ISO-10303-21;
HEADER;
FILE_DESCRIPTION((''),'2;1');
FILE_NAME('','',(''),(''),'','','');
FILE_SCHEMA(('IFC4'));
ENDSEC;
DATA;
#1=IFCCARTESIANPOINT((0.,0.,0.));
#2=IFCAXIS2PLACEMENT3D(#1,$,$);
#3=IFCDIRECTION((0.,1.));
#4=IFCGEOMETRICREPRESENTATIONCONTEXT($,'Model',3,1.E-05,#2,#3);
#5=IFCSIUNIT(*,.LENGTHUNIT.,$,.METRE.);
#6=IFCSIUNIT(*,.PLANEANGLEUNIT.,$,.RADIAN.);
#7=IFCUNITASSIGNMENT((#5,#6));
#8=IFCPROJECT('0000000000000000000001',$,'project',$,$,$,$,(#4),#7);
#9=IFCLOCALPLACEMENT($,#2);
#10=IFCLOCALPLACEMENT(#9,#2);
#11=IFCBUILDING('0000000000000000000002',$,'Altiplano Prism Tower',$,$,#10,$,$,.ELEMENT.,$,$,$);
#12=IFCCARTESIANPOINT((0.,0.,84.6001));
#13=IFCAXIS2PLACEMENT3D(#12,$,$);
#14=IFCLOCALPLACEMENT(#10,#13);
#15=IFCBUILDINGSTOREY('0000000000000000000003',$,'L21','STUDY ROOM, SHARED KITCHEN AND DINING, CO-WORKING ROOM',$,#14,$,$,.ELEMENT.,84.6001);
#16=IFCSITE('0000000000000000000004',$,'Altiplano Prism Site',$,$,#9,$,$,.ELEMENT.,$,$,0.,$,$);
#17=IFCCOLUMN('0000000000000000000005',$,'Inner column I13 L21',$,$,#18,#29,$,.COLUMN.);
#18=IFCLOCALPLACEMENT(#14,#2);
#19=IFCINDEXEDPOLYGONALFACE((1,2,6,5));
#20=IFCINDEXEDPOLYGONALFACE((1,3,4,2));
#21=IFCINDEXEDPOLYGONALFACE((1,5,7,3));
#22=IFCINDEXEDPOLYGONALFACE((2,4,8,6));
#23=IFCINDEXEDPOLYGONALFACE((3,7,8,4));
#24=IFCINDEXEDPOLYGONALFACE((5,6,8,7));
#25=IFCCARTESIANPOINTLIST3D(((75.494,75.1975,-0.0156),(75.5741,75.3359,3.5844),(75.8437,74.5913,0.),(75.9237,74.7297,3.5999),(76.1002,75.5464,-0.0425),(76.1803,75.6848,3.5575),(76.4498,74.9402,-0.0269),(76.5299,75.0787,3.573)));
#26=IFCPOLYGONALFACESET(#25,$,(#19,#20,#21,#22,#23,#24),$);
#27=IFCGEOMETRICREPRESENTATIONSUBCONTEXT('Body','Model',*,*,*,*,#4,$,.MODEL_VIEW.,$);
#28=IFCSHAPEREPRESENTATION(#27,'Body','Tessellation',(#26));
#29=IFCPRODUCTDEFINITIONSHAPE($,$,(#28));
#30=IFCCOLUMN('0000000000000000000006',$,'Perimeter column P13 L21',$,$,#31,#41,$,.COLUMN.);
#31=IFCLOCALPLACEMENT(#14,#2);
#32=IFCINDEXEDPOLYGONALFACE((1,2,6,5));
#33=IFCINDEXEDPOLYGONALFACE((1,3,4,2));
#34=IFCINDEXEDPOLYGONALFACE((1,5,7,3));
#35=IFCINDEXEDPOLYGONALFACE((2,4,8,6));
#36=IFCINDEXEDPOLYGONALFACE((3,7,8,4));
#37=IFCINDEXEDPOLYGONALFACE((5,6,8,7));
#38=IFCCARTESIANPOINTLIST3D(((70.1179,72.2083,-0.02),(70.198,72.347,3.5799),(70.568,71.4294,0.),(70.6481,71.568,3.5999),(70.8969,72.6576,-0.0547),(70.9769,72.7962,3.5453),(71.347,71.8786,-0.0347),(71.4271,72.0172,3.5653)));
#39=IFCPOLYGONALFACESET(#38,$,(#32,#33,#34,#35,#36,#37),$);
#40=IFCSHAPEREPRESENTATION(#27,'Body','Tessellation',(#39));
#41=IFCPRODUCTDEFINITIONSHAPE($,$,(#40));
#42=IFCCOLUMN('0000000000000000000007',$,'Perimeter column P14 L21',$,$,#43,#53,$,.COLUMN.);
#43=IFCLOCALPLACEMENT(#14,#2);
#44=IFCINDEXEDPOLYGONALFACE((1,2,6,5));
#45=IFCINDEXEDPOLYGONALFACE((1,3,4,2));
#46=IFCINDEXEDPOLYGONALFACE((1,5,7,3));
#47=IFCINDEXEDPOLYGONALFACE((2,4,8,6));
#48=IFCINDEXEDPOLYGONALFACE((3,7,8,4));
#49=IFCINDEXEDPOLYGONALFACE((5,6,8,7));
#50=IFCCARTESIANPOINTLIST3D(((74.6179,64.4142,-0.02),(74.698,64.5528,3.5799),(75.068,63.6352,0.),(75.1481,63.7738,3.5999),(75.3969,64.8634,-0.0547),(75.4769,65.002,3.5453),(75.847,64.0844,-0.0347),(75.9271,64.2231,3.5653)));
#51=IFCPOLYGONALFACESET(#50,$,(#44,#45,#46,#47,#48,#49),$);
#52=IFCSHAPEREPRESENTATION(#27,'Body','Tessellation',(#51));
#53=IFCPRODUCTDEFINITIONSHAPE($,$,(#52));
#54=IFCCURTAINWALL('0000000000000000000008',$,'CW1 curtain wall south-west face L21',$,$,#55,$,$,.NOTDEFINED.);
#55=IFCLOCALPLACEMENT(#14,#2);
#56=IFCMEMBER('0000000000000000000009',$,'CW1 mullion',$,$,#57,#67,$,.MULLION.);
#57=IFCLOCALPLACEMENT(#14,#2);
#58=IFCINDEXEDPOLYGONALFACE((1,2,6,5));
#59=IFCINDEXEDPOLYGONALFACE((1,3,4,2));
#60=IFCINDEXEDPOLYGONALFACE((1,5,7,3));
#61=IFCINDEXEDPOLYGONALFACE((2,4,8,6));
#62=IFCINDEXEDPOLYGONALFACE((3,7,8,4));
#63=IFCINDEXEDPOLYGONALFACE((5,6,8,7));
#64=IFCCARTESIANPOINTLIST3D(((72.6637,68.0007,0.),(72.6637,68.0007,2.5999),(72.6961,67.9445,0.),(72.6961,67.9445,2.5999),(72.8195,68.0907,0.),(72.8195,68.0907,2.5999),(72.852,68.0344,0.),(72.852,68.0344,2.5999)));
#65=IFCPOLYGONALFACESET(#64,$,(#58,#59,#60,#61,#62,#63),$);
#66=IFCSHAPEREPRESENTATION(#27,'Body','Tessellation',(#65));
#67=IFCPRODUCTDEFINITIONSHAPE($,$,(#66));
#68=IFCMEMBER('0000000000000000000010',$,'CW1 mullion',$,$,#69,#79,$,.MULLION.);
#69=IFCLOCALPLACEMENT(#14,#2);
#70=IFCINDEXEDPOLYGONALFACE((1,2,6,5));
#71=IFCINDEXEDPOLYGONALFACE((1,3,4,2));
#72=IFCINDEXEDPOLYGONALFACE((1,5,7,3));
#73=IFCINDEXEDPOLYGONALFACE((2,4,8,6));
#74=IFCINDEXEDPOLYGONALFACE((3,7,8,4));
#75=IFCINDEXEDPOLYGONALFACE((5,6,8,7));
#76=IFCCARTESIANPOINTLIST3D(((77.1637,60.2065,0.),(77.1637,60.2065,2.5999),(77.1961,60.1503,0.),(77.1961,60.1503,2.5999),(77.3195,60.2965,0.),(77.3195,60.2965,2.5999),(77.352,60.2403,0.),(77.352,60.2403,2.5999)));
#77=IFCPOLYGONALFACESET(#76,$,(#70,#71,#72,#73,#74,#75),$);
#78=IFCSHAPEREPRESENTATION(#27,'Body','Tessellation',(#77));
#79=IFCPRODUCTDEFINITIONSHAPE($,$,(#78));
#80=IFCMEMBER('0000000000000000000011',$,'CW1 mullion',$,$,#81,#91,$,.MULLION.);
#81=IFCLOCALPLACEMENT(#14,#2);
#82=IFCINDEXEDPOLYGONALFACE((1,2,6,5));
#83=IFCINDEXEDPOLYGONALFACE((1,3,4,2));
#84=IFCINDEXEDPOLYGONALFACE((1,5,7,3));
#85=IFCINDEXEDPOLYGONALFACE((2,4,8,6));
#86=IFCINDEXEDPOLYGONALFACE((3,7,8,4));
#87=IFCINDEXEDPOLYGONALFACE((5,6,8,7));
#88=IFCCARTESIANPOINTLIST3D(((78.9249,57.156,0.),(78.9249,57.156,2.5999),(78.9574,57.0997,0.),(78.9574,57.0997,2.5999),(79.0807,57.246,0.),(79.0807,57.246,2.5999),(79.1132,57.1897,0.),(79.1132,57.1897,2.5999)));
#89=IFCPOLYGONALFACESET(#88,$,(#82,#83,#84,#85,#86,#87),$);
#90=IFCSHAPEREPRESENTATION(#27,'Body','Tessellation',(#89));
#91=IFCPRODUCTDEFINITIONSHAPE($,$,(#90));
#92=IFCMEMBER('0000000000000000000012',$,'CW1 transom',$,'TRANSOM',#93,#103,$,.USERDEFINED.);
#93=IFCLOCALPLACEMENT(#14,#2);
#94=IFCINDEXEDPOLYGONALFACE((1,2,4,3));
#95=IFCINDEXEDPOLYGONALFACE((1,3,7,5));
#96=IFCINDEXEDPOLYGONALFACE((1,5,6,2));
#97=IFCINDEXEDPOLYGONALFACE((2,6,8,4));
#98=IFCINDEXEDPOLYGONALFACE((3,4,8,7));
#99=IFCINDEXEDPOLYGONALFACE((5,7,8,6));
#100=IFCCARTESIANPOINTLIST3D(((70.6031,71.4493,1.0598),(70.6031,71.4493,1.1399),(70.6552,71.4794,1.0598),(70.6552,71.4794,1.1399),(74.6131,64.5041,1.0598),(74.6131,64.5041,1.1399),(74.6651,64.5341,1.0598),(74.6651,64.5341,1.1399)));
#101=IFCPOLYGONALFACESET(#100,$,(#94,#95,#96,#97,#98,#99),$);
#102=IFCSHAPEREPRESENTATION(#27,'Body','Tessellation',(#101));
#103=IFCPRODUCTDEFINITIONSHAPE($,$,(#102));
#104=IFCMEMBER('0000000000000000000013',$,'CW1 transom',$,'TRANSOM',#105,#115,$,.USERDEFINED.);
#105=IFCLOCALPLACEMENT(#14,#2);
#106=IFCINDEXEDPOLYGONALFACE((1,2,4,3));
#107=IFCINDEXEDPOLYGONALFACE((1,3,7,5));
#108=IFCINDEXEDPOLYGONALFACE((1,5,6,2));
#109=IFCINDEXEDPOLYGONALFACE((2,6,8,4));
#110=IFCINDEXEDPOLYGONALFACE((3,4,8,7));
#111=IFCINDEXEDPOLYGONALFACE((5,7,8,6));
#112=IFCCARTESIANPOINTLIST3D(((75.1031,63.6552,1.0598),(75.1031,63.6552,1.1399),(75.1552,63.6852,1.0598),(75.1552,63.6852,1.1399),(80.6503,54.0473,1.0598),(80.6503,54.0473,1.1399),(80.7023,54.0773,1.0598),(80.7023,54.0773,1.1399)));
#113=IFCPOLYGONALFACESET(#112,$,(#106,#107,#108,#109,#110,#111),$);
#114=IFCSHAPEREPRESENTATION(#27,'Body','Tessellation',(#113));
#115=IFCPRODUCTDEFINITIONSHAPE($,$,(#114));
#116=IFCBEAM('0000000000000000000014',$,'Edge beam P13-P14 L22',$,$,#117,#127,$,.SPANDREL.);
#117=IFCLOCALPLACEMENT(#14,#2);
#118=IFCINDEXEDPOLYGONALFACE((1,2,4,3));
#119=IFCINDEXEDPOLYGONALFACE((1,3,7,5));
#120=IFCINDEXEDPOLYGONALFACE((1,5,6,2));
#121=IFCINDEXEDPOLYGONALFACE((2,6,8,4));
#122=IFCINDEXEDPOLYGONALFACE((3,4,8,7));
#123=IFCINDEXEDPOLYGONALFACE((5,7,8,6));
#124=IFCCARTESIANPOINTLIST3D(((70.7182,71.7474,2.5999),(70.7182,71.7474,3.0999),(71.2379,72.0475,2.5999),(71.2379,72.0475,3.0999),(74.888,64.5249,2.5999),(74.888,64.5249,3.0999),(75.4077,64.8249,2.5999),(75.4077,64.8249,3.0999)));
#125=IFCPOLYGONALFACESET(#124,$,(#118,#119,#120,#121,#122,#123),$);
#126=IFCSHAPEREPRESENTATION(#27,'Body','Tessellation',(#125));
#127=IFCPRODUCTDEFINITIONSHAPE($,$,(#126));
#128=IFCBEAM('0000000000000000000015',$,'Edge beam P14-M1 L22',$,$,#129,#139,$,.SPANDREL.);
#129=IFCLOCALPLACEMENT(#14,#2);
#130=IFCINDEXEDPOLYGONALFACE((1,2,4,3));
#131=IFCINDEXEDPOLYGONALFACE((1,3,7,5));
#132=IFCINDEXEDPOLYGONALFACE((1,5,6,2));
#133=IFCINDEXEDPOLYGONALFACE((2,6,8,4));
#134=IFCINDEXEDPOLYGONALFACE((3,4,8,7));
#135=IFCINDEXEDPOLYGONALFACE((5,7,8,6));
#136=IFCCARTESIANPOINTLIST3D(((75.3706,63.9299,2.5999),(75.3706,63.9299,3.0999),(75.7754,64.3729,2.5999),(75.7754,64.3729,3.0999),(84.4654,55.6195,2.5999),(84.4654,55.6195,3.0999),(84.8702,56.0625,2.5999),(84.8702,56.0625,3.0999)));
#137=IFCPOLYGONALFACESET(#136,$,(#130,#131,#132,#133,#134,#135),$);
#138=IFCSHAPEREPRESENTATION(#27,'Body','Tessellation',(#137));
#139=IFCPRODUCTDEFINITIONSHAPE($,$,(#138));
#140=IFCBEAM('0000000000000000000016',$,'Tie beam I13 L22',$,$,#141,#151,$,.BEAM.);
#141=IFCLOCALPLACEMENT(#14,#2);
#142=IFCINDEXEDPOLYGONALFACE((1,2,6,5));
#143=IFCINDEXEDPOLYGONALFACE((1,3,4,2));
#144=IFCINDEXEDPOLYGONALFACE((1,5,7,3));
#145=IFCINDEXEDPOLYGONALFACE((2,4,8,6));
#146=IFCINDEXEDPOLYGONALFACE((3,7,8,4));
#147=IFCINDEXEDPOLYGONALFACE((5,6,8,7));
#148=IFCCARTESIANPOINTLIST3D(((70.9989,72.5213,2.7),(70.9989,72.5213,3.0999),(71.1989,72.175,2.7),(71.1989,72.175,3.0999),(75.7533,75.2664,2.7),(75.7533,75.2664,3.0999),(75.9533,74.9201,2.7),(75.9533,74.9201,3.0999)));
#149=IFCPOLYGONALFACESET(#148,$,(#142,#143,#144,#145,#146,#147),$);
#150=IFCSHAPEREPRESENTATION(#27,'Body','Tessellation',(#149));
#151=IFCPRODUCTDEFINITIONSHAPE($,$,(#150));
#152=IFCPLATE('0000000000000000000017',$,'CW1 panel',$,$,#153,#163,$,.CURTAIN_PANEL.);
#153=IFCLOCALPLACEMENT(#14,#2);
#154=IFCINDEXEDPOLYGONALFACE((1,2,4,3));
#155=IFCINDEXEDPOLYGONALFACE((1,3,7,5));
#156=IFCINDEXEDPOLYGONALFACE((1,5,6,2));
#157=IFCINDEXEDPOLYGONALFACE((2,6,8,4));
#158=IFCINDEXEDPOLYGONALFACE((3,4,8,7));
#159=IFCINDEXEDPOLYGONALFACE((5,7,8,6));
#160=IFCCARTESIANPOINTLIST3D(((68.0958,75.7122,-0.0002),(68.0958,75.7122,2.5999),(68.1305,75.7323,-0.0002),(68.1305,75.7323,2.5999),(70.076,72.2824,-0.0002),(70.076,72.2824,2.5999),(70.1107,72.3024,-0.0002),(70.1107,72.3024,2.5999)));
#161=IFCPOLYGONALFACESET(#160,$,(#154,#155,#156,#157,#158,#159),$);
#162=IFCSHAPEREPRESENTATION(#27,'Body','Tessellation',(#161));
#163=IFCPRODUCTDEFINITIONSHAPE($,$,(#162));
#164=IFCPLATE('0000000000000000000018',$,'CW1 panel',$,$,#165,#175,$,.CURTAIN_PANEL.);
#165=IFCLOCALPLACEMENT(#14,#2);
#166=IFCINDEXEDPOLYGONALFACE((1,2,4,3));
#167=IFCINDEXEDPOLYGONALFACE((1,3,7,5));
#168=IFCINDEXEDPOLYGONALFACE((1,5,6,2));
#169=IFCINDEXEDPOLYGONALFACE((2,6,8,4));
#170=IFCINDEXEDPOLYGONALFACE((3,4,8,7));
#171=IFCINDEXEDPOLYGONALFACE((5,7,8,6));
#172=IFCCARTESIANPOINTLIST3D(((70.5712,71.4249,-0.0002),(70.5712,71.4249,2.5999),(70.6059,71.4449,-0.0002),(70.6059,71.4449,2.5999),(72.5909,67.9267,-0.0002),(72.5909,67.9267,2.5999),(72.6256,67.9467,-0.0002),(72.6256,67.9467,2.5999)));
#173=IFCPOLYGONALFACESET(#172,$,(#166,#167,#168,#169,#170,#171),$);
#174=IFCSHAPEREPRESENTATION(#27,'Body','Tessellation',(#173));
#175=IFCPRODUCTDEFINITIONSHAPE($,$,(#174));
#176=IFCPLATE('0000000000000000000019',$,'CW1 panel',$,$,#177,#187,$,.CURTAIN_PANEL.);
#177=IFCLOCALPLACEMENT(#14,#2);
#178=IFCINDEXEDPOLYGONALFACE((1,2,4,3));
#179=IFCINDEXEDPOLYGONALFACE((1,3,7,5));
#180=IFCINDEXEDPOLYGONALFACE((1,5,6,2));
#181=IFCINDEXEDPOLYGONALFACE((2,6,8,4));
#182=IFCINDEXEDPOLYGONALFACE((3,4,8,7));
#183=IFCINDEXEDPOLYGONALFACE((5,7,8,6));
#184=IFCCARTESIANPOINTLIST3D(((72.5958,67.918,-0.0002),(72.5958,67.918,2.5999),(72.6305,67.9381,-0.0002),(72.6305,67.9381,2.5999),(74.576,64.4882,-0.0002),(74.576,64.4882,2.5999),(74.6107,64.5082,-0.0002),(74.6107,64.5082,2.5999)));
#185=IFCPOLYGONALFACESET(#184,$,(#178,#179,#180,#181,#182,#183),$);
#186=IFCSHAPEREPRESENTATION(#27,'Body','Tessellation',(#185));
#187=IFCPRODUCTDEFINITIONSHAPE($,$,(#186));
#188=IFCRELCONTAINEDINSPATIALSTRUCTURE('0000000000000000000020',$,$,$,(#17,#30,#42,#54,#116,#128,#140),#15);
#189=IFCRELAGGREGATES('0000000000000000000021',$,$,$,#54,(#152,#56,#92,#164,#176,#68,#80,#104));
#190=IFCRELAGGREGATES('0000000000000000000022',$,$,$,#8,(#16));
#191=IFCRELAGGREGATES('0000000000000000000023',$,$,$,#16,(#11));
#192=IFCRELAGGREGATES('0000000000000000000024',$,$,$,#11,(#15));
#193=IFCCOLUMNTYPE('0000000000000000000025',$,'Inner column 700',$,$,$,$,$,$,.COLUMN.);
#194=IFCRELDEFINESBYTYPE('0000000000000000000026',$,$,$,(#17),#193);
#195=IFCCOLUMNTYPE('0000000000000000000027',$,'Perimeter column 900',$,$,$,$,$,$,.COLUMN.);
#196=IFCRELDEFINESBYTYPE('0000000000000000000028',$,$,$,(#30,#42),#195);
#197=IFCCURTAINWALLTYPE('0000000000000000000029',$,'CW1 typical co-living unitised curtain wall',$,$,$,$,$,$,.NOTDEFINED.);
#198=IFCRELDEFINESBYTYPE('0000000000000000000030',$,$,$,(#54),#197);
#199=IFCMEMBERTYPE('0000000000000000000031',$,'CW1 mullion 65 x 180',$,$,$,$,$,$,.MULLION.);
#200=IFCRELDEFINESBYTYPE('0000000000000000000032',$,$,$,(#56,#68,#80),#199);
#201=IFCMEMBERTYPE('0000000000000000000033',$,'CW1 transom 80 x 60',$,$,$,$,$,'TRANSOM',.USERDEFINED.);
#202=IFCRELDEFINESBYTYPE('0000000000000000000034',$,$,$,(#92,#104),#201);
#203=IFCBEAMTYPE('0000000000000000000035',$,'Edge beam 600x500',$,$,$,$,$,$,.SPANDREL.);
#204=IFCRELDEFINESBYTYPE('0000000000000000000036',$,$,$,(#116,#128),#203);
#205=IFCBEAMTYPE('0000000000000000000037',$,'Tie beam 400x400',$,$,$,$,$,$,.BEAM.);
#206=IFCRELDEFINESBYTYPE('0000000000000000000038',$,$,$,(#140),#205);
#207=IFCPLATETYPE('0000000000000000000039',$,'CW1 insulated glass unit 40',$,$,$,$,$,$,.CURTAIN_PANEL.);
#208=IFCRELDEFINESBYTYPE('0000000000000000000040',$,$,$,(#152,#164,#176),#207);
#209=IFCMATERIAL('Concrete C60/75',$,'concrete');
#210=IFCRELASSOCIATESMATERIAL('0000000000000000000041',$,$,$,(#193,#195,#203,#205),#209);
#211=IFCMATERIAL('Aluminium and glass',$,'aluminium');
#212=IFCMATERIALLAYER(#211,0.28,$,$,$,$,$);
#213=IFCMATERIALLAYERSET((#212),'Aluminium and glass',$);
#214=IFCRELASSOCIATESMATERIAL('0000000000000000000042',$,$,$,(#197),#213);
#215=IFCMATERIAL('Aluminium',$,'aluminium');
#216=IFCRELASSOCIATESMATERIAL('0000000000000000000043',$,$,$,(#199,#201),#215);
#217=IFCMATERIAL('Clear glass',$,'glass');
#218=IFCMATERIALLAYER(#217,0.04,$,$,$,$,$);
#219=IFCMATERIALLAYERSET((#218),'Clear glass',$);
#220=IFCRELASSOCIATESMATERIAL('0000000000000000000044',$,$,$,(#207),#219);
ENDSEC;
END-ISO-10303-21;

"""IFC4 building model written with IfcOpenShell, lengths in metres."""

from ifc_helpers import new_model, si_unit, direction, frame, origin, origin_2d, place, context, subcontext, project, spatial, rectangle, extrude, material, layer, layer_set, material_profile, profile_set, type_object, element, aggregate, save


model = new_model("IFC4")

# Units and contexts
model_context = context("Model", 3, precision=1e-05, world=origin(), true_north=direction((0.0, 1.0)))
body_context = subcontext(model_context, "Body", "Model", "MODEL_VIEW")
ifc_project = project(units=[si_unit("LENGTHUNIT", "METRE"), si_unit("PLANEANGLEUNIT", "RADIAN")], contexts=[model_context])

# Site, building, storey
site_placement = place(None, origin())
site = spatial("IfcSite", under=ifc_project, at=site_placement, Name="Altiplano Prism Site", CompositionType="ELEMENT", RefElevation=0.0)
building_placement = place(site_placement, origin())
building = spatial("IfcBuilding", under=site, at=building_placement, Name="Altiplano Prism Tower", CompositionType="ELEMENT")
storey_placement = place(building_placement, frame((0.0, 0.0, 84.6001)))
storey = spatial("IfcBuildingStorey", under=building, at=storey_placement, Name="L21", Description="STUDY ROOM, SHARED KITCHEN AND DINING, CO-WORKING ROOM", CompositionType="ELEMENT", Elevation=84.6001)

# Columns
ifc_material_1 = material(Name="Concrete C60/75", Category="concrete")
ifc_material_profile_1 = material_profile(ifc_material_1, rectangle(XDim=0.7, YDim=0.7, at=origin_2d()), Name="Inner column 700")
ifc_profile_set_1 = profile_set([ifc_material_profile_1], Name="Concrete C60/75")
column_type_1 = type_object("IfcColumnType", Name="Inner column 700", PredefinedType="COLUMN", material=ifc_profile_set_1)
column_placement = place(storey_placement, frame((75.9719, 75.0688, -0.0212), z_axis=(0.022223, 0.038416, 0.999015), x_axis=(-0.866021, -0.498528, 0.038435)))
element("IfcColumn", 1, at=column_placement, inside=storey, type_object=column_type_1, Name="Inner column I13 L21", PredefinedType="COLUMN", context=body_context, shape_type="SweptSolid", body=[
    extrude(rectangle(XDim=0.7, YDim=0.7, at=origin_2d()), origin(), (0.0, 0.0, 1.0), 3.6035),
])
ifc_material_profile_2 = material_profile(ifc_material_1, rectangle(XDim=0.8999, YDim=0.8999, at=origin_2d()), Name="Perimeter column 900")
ifc_profile_set_2 = profile_set([ifc_material_profile_2], Name="Concrete C60/75")
column_type_2 = type_object("IfcColumnType", Name="Perimeter column 900", PredefinedType="COLUMN", material=ifc_profile_set_2)
for number, where, z_axis, x_axis, name in (
    (2, (70.7324, 72.0435, -0.0273), (0.022223, 0.038483, 0.999012), (-0.865639, -0.499187, 0.038485), "Perimeter column P13 L21"),
    (3, (75.2324, 64.2493, -0.0273), (0.022223, 0.038483, 0.999012), (-0.865639, -0.499187, 0.038485), "Perimeter column P14 L21"),
):
    element("IfcColumn", number, at=place(storey_placement, frame(where, z_axis=z_axis, x_axis=x_axis)), inside=storey, type_object=column_type_2, Name=name, PredefinedType="COLUMN", context=body_context, shape_type="SweptSolid", body=[
        extrude(rectangle(XDim=0.8999, YDim=0.8999, at=origin_2d()), origin(), (0.0, 0.0, 1.0), 3.6035),
    ])

# Curtain wall, members
ifc_material_2 = material(Name="Aluminium and glass", Category="aluminium")
ifc_layer_1 = layer(ifc_material_2, 0.28)
ifc_layer_set_1 = layer_set([ifc_layer_1], Name="Aluminium and glass")
curtain_wall_type = type_object("IfcCurtainWallType", Name="CW1 typical co-living unitised curtain wall", PredefinedType="NOTDEFINED", material=ifc_layer_set_1)
curtain_wall_placement = place(storey_placement, origin())
curtain_wall = element("IfcCurtainWall", 4, at=curtain_wall_placement, inside=storey, type_object=curtain_wall_type, Name="CW1 curtain wall south-west face L21", PredefinedType="NOTDEFINED")
ifc_material_3 = material(Name="Aluminium", Category="aluminium")
ifc_material_profile_3 = material_profile(ifc_material_3, rectangle(XDim=0.1799, YDim=0.0649, at=origin_2d()), Name="CW1 mullion 65 x 180")
ifc_profile_set_3 = profile_set([ifc_material_profile_3], Name="Aluminium")
member_type_1 = type_object("IfcMemberType", Name="CW1 mullion 65 x 180", PredefinedType="MULLION", material=ifc_profile_set_3)
member_1_placement = place(storey_placement, frame((72.7578, 68.0176, 0.0), z_axis=(0.0, 0.0, 1.0), x_axis=(0.866025, 0.5, 0.0)))
member_1 = element("IfcMember", 5, at=member_1_placement, type_object=member_type_1, Name="CW1 mullion", PredefinedType="MULLION", context=body_context, shape_type="SweptSolid", body=[
    extrude(rectangle(XDim=0.1799, YDim=0.0649, at=origin_2d()), origin(), (0.0, 0.0, 1.0), 2.5999),
])
member_2_placement = place(storey_placement, frame((77.2578, 60.2234, 0.0), z_axis=(0.0, 0.0, 1.0), x_axis=(0.866025, 0.5, 0.0)))
member_2 = element("IfcMember", 6, at=member_2_placement, type_object=member_type_1, Name="CW1 mullion", PredefinedType="MULLION", context=body_context, shape_type="SweptSolid", body=[
    extrude(rectangle(XDim=0.1799, YDim=0.0649, at=origin_2d()), origin(), (0.0, 0.0, 1.0), 2.5999),
])
member_3_placement = place(storey_placement, frame((79.019, 57.1729, 0.0), z_axis=(0.0, 0.0, 1.0), x_axis=(0.866025, 0.5, 0.0)))
member_3 = element("IfcMember", 7, at=member_3_placement, type_object=member_type_1, Name="CW1 mullion", PredefinedType="MULLION", context=body_context, shape_type="SweptSolid", body=[
    extrude(rectangle(XDim=0.1799, YDim=0.0649, at=origin_2d()), origin(), (0.0, 0.0, 1.0), 2.5999),
])
ifc_material_profile_4 = material_profile(ifc_material_3, rectangle(XDim=0.0601, YDim=0.0801, at=origin_2d()), Name="CW1 transom 80 x 60")
ifc_profile_set_4 = profile_set([ifc_material_profile_4], Name="Aluminium")
member_type_2 = type_object("IfcMemberType", Name="CW1 transom 80 x 60", ElementType="TRANSOM", PredefinedType="USERDEFINED", material=ifc_profile_set_4)
member_4_placement = place(storey_placement, frame((70.6292, 71.4644, 1.0999), z_axis=(0.500012, -0.866018, 0.0), x_axis=(0.866018, 0.500012, 0.0)))
member_4 = element("IfcMember", 8, at=member_4_placement, type_object=member_type_2, Name="CW1 transom", ObjectType="TRANSOM", PredefinedType="USERDEFINED", context=body_context, shape_type="SweptSolid", body=[
    extrude(rectangle(XDim=0.0601, YDim=0.0801, at=origin_2d()), origin(), (0.0, 0.0, 1.0), 8.0198),
])
member_5_placement = place(storey_placement, frame((75.1292, 63.6702, 1.0999), z_axis=(0.499999, -0.866026, 0.0), x_axis=(0.866026, 0.499999, 0.0)))
member_5 = element("IfcMember", 9, at=member_5_placement, type_object=member_type_2, Name="CW1 transom", ObjectType="TRANSOM", PredefinedType="USERDEFINED", context=body_context, shape_type="SweptSolid", body=[
    extrude(rectangle(XDim=0.0601, YDim=0.0801, at=origin_2d()), origin(), (0.0, 0.0, 1.0), 11.0942),
])

# Beams
ifc_material_profile_5 = material_profile(ifc_material_1, rectangle(XDim=0.6001, YDim=0.5, at=origin_2d()), Name="Edge beam 600x500")
ifc_profile_set_5 = profile_set([ifc_material_profile_5], Name="Concrete C60/75")
beam_type_1 = type_object("IfcBeamType", Name="Edge beam 600x500", PredefinedType="SPANDREL", material=ifc_profile_set_5)
beam_1_placement = place(storey_placement, frame((70.978, 71.8975, 2.8499), z_axis=(0.499993, -0.86603, 0.0), x_axis=(0.86603, 0.499993, 0.0)))
element("IfcBeam", 10, at=beam_1_placement, inside=storey, type_object=beam_type_1, Name="Edge beam P13-P14 L22", PredefinedType="SPANDREL", context=body_context, shape_type="SweptSolid", body=[
    extrude(rectangle(XDim=0.6001, YDim=0.5, at=origin_2d()), origin(), (0.0, 0.0, 1.0), 8.3398),
])
beam_2_placement = place(storey_placement, frame((75.573, 64.1514, 2.8499), z_axis=(0.738226, -0.674554, 0.0), x_axis=(0.674554, 0.738226, 0.0)))
element("IfcBeam", 11, at=beam_2_placement, inside=storey, type_object=beam_type_1, Name="Edge beam P14-M1 L22", PredefinedType="SPANDREL", context=body_context, shape_type="SweptSolid", body=[
    extrude(rectangle(XDim=0.6001, YDim=0.5, at=origin_2d()), origin(), (0.0, 0.0, 1.0), 12.3198),
])
ifc_material_profile_6 = material_profile(ifc_material_1, rectangle(XDim=0.3999, YDim=0.3999, at=origin_2d()), Name="Tie beam 400x400")
ifc_profile_set_6 = profile_set([ifc_material_profile_6], Name="Concrete C60/75")
beam_type_2 = type_object("IfcBeamType", Name="Tie beam 400x400", PredefinedType="BEAM", material=ifc_profile_set_6)
beam_3_placement = place(storey_placement, frame((75.8533, 75.0933, 2.8999), z_axis=(-0.866012, -0.500023, 0.0), x_axis=(0.500023, -0.866012, 0.0)))
element("IfcBeam", 12, at=beam_3_placement, inside=storey, type_object=beam_type_2, Name="Tie beam I13 L22", PredefinedType="BEAM", context=body_context, shape_type="SweptSolid", body=[
    extrude(rectangle(XDim=0.3999, YDim=0.3999, at=origin_2d()), origin(), (0.0, 0.0, 1.0), 5.49),
])

# Plates
ifc_material_4 = material(Name="Clear glass", Category="glass")
ifc_layer_2 = layer(ifc_material_4, 0.04)
ifc_layer_set_2 = layer_set([ifc_layer_2], Name="Clear glass")
plate_type = type_object("IfcPlateType", Name="CW1 insulated glass unit 40", PredefinedType="CURTAIN_PANEL", material=ifc_layer_set_2)
plate_1_placement = place(storey_placement, frame((69.1033, 74.0073, -0.0002), z_axis=(0.0, 0.0, 1.0), x_axis=(0.5, -0.866025, 0.0)))
plate_1 = element("IfcPlate", 13, at=plate_1_placement, type_object=plate_type, Name="CW1 panel", PredefinedType="CURTAIN_PANEL", context=body_context, shape_type="SweptSolid", body=[
    extrude(rectangle(XDim=3.9604, YDim=0.04, at=origin_2d()), origin(), (0.0, 0.0, 1.0), 2.6001),
])
plate_2_placement = place(storey_placement, frame((71.5984, 69.6858, -0.0002), z_axis=(0.0, 0.0, 1.0), x_axis=(0.5, -0.866025, 0.0)))
plate_2 = element("IfcPlate", 14, at=plate_2_placement, type_object=plate_type, Name="CW1 panel", PredefinedType="CURTAIN_PANEL", context=body_context, shape_type="SweptSolid", body=[
    extrude(rectangle(XDim=4.0393, YDim=0.04, at=origin_2d()), origin(), (0.0, 0.0, 1.0), 2.6001),
])
plate_3_placement = place(storey_placement, frame((73.6033, 66.2131, -0.0002), z_axis=(0.0, 0.0, 1.0), x_axis=(0.5, -0.866025, 0.0)))
plate_3 = element("IfcPlate", 15, at=plate_3_placement, type_object=plate_type, Name="CW1 panel", PredefinedType="CURTAIN_PANEL", context=body_context, shape_type="SweptSolid", body=[
    extrude(rectangle(XDim=3.9604, YDim=0.04, at=origin_2d()), origin(), (0.0, 0.0, 1.0), 2.6001),
])
aggregate(curtain_wall, [plate_1, member_1, member_4, plate_2, plate_3, member_2, member_3, member_5])

save(model, "model.ifc")
